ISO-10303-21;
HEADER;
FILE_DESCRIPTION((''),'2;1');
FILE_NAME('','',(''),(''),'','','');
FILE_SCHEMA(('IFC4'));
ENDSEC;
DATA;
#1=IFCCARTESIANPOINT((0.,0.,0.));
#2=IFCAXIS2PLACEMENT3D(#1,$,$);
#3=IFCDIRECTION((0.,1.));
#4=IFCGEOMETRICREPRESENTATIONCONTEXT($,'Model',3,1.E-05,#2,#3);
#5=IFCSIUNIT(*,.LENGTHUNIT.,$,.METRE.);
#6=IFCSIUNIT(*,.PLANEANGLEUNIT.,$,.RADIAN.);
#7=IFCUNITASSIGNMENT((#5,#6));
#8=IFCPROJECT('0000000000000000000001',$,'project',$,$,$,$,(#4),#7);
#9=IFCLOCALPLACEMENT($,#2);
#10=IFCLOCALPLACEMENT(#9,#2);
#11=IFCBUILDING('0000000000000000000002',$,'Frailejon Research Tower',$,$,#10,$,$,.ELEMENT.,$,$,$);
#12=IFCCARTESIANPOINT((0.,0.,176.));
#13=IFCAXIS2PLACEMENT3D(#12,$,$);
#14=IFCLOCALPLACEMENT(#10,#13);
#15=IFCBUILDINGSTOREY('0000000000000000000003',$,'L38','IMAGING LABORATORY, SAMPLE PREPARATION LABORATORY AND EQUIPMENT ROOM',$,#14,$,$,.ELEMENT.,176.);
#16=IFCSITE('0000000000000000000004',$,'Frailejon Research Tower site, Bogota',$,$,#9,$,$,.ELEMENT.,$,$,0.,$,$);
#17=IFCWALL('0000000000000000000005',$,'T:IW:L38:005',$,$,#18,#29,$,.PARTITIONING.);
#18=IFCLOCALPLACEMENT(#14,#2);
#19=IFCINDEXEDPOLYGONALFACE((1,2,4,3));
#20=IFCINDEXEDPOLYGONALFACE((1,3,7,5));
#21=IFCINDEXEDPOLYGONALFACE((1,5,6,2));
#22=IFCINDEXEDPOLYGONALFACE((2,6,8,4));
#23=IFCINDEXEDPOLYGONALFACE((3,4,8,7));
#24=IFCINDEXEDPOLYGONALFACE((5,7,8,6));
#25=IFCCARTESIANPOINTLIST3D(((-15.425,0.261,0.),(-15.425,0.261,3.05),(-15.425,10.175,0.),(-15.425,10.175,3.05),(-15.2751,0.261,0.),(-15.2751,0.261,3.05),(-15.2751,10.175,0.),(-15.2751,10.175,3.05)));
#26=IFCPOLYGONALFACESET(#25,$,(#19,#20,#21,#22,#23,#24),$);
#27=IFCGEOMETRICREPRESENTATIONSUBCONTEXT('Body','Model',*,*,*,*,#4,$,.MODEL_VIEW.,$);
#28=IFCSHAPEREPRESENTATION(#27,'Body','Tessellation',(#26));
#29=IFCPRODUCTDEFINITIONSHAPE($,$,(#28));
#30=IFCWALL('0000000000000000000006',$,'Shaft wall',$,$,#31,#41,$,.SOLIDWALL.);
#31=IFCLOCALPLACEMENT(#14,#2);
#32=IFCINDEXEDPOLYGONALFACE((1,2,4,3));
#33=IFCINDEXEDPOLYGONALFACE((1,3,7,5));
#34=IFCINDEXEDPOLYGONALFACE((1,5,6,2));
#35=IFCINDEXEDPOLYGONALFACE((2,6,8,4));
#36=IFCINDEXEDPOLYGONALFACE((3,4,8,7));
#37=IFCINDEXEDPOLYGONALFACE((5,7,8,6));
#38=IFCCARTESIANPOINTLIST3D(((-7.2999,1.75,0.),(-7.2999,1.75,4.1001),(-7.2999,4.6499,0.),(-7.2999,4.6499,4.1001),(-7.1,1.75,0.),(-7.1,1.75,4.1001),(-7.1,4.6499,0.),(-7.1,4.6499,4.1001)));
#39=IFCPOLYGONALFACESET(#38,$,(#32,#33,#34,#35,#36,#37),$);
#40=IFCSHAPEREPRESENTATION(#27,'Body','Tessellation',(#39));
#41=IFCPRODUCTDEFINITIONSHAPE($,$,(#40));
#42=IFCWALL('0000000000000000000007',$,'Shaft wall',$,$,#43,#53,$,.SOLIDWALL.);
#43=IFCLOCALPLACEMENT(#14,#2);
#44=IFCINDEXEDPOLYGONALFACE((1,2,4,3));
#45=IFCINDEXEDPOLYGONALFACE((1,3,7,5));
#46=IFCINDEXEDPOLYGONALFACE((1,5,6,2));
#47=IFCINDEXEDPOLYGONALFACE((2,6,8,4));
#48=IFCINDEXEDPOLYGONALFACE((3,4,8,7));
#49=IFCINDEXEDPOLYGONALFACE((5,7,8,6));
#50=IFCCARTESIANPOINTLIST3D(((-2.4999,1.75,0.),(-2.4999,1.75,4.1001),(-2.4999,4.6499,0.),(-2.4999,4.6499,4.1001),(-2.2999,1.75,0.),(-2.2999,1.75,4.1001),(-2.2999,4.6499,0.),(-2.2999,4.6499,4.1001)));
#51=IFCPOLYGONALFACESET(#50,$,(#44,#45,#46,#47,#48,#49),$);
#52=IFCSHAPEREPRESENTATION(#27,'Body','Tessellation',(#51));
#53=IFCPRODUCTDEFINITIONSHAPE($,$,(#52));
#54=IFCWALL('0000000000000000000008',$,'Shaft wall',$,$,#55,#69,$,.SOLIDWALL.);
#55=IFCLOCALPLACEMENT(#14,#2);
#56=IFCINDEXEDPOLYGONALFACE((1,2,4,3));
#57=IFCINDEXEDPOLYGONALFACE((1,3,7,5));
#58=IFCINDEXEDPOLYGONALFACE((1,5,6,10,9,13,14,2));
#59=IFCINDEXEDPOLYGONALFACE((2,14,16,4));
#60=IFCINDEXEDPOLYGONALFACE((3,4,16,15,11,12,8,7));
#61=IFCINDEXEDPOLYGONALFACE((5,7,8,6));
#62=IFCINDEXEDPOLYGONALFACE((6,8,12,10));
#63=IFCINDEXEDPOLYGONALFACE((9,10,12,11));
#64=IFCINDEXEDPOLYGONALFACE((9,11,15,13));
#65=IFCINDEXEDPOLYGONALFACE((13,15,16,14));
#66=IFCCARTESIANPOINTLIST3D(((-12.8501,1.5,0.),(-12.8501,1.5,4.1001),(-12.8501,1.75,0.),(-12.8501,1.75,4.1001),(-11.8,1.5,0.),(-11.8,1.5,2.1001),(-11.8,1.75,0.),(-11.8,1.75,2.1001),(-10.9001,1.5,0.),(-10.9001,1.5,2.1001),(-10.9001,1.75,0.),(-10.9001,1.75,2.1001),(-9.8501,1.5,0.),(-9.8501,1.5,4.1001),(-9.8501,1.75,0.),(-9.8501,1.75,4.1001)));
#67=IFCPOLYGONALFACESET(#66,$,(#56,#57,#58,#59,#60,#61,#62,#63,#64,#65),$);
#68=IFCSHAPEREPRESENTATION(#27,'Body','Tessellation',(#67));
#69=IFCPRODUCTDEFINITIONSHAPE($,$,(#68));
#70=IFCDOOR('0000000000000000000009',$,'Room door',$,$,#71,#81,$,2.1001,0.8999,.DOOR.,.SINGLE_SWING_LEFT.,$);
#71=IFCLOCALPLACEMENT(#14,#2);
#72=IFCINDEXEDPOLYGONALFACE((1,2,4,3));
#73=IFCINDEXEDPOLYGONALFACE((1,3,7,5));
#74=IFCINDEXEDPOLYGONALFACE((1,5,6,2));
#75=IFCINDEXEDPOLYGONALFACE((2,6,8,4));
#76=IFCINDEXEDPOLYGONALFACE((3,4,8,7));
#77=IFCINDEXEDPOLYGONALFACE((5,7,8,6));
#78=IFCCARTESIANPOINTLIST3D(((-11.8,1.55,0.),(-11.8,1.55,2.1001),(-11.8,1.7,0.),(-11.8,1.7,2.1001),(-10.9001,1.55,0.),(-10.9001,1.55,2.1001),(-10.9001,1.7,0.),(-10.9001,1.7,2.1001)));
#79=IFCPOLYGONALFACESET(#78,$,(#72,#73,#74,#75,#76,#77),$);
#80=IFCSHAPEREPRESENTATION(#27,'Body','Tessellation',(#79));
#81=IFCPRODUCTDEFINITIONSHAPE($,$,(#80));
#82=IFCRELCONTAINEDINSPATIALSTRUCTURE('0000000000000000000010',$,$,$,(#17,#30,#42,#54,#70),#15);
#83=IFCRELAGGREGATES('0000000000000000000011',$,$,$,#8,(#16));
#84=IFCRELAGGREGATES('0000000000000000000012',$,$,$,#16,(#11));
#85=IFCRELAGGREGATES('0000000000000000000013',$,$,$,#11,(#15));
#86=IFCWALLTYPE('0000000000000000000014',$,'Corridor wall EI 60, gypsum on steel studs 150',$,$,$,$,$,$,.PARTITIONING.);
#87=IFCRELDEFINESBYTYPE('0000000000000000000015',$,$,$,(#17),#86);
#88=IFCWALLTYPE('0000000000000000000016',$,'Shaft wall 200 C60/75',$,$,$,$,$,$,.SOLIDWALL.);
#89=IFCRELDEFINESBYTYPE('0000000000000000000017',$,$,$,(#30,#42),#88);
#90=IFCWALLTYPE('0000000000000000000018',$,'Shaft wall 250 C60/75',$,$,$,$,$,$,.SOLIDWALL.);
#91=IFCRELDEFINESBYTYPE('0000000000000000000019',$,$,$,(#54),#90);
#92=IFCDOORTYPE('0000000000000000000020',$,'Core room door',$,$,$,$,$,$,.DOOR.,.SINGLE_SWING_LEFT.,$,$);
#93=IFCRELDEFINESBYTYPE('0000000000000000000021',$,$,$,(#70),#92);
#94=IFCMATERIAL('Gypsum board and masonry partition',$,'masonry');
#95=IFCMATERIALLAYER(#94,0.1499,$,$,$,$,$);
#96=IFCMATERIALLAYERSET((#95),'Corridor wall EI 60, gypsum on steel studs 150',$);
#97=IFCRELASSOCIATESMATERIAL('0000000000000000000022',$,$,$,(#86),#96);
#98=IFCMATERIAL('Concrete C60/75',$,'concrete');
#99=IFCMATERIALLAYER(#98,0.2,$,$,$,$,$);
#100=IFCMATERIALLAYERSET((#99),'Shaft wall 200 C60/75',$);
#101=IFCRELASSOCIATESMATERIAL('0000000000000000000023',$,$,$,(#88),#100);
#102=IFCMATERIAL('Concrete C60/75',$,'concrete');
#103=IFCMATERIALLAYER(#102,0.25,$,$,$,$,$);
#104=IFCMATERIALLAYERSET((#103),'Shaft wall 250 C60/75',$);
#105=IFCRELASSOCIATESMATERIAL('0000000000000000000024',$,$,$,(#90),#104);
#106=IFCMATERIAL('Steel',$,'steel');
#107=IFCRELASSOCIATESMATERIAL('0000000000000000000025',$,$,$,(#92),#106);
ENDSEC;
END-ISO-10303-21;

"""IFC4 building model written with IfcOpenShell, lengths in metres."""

from ifc_helpers import new_model, si_unit, direction, frame, frame_2d, origin, place, context, subcontext, project, spatial, rectangle, extrude, material, layer, layer_set, type_object, element, fill, save


model = new_model("IFC4")

# Units and contexts
model_context = context("Model", 3, precision=1e-05, world=origin(), true_north=direction((0.0, 1.0)))
body_context = subcontext(model_context, "Body", "Model", "MODEL_VIEW")
ifc_project = project(units=[si_unit("LENGTHUNIT", "METRE"), si_unit("PLANEANGLEUNIT", "RADIAN")], contexts=[model_context])

# Site, building, storey
site_placement = place(None, origin())
site = spatial("IfcSite", under=ifc_project, at=site_placement, Name="Frailejon Research Tower site, Bogota", CompositionType="ELEMENT", RefElevation=0.0)
building_placement = place(site_placement, origin())
building = spatial("IfcBuilding", under=site, at=building_placement, Name="Frailejon Research Tower", CompositionType="ELEMENT")
storey_placement = place(building_placement, frame((0.0, 0.0, 176.0)))
storey = spatial("IfcBuildingStorey", under=building, at=storey_placement, Name="L38", Description="IMAGING LABORATORY, SAMPLE PREPARATION LABORATORY AND EQUIPMENT ROOM", CompositionType="ELEMENT", Elevation=176.0)

# Walls
ifc_material_1 = material(Name="Gypsum board and masonry partition", Category="masonry")
ifc_layer_1 = layer(ifc_material_1, 0.1499)
ifc_layer_set_1 = layer_set([ifc_layer_1], Name="Corridor wall EI 60, gypsum on steel studs 150")
wall_type_1 = type_object("IfcWallType", Name="Corridor wall EI 60, gypsum on steel studs 150", PredefinedType="PARTITIONING", material=ifc_layer_set_1)
wall_1_placement = place(storey_placement, frame((-15.3501, 0.261, 0.0), z_axis=(0.0, 0.0, 1.0), x_axis=(0.0, 1.0, 0.0)))
element("IfcWall", 1, at=wall_1_placement, inside=storey, type_object=wall_type_1, Name="T:IW:L38:005", PredefinedType="PARTITIONING", context=body_context, shape_type="SweptSolid", body=[
    extrude(rectangle(XDim=9.9141, YDim=0.1499, at=frame_2d((4.957, 0.0))), origin(), (0.0, 0.0, 1.0), 3.05),
])
ifc_material_2 = material(Name="Concrete C60/75", Category="concrete")
ifc_layer_2 = layer(ifc_material_2, 0.2)
ifc_layer_set_2 = layer_set([ifc_layer_2], Name="Shaft wall 200 C60/75")
wall_type_2 = type_object("IfcWallType", Name="Shaft wall 200 C60/75", PredefinedType="SOLIDWALL", material=ifc_layer_set_2)
for number, where, z_axis, x_axis, name in (
    (2, (-7.2, 1.75, 0.0), (0.0, 0.0, 1.0), (0.0, 1.0, 0.0), "Shaft wall"),
    (3, (-2.3999, 1.75, 0.0), (0.0, 0.0, 1.0), (0.0, 1.0, 0.0), "Shaft wall"),
):
    element("IfcWall", number, at=place(storey_placement, frame(where, z_axis=z_axis, x_axis=x_axis)), inside=storey, type_object=wall_type_2, Name=name, PredefinedType="SOLIDWALL", context=body_context, shape_type="SweptSolid", body=[
        extrude(rectangle(XDim=2.8999, YDim=0.2, at=frame_2d((1.45, 0.0))), origin(), (0.0, 0.0, 1.0), 4.1001),
    ])

# Wall, opening, door
ifc_material_3 = material(Name="Concrete C60/75", Category="concrete")
ifc_layer_3 = layer(ifc_material_3, 0.25)
ifc_layer_set_3 = layer_set([ifc_layer_3], Name="Shaft wall 250 C60/75")
wall_type_3 = type_object("IfcWallType", Name="Shaft wall 250 C60/75", PredefinedType="SOLIDWALL", material=ifc_layer_set_3)
wall_2_placement = place(storey_placement, frame((-12.8501, 1.625, 0.0), z_axis=(0.0, 0.0, 1.0), x_axis=(1.0, 0.0, 0.0)))
wall_2 = element("IfcWall", 4, at=wall_2_placement, inside=storey, type_object=wall_type_3, Name="Shaft wall", PredefinedType="SOLIDWALL", context=body_context, shape_type="SweptSolid", body=[
    extrude(rectangle(XDim=3.0, YDim=0.25, at=frame_2d((1.5, 0.0))), origin(), (0.0, 0.0, 1.0), 4.1001),
])
opening_1_placement = place(wall_2_placement, frame((1.05, 0.0, 0.0)))
opening_1 = element("IfcOpeningElement", 5, at=opening_1_placement, cuts=wall_2, PredefinedType="OPENING", context=body_context, shape_type="SweptSolid", body=[
    extrude(rectangle(XDim=0.8999, YDim=2.1001, at=frame_2d((0.45, 1.05))), frame((0.0, 0.135, 0.0), z_axis=(0.0, -1.0, 0.0), x_axis=(1.0, 0.0, 0.0)), (0.0, 0.0, 1.0), 0.27),
])
ifc_material_4 = material(Name="Steel", Category="steel")
door_type_1 = type_object("IfcDoorType", Name="Core room door", OperationType="SINGLE_SWING_LEFT", PredefinedType="DOOR", material=ifc_material_4)
door_1_placement = place(opening_1_placement, origin())
door_1 = element("IfcDoor", 6, at=door_1_placement, inside=storey, type_object=door_type_1, Name="Room door", OperationType="SINGLE_SWING_LEFT", OverallHeight=2.1001, OverallWidth=0.8999, PredefinedType="DOOR", context=body_context, shape_type="SweptSolid", body=[
    extrude(rectangle(XDim=0.8999, YDim=2.1001, at=frame_2d((0.45, 1.05))), frame((0.0, 0.075, 0.0), z_axis=(0.0, -1.0, 0.0), x_axis=(1.0, 0.0, 0.0)), (0.0, 0.0, 1.0), 0.1499),
])
fill(opening_1, door_1)

save(model, "model.ifc")
